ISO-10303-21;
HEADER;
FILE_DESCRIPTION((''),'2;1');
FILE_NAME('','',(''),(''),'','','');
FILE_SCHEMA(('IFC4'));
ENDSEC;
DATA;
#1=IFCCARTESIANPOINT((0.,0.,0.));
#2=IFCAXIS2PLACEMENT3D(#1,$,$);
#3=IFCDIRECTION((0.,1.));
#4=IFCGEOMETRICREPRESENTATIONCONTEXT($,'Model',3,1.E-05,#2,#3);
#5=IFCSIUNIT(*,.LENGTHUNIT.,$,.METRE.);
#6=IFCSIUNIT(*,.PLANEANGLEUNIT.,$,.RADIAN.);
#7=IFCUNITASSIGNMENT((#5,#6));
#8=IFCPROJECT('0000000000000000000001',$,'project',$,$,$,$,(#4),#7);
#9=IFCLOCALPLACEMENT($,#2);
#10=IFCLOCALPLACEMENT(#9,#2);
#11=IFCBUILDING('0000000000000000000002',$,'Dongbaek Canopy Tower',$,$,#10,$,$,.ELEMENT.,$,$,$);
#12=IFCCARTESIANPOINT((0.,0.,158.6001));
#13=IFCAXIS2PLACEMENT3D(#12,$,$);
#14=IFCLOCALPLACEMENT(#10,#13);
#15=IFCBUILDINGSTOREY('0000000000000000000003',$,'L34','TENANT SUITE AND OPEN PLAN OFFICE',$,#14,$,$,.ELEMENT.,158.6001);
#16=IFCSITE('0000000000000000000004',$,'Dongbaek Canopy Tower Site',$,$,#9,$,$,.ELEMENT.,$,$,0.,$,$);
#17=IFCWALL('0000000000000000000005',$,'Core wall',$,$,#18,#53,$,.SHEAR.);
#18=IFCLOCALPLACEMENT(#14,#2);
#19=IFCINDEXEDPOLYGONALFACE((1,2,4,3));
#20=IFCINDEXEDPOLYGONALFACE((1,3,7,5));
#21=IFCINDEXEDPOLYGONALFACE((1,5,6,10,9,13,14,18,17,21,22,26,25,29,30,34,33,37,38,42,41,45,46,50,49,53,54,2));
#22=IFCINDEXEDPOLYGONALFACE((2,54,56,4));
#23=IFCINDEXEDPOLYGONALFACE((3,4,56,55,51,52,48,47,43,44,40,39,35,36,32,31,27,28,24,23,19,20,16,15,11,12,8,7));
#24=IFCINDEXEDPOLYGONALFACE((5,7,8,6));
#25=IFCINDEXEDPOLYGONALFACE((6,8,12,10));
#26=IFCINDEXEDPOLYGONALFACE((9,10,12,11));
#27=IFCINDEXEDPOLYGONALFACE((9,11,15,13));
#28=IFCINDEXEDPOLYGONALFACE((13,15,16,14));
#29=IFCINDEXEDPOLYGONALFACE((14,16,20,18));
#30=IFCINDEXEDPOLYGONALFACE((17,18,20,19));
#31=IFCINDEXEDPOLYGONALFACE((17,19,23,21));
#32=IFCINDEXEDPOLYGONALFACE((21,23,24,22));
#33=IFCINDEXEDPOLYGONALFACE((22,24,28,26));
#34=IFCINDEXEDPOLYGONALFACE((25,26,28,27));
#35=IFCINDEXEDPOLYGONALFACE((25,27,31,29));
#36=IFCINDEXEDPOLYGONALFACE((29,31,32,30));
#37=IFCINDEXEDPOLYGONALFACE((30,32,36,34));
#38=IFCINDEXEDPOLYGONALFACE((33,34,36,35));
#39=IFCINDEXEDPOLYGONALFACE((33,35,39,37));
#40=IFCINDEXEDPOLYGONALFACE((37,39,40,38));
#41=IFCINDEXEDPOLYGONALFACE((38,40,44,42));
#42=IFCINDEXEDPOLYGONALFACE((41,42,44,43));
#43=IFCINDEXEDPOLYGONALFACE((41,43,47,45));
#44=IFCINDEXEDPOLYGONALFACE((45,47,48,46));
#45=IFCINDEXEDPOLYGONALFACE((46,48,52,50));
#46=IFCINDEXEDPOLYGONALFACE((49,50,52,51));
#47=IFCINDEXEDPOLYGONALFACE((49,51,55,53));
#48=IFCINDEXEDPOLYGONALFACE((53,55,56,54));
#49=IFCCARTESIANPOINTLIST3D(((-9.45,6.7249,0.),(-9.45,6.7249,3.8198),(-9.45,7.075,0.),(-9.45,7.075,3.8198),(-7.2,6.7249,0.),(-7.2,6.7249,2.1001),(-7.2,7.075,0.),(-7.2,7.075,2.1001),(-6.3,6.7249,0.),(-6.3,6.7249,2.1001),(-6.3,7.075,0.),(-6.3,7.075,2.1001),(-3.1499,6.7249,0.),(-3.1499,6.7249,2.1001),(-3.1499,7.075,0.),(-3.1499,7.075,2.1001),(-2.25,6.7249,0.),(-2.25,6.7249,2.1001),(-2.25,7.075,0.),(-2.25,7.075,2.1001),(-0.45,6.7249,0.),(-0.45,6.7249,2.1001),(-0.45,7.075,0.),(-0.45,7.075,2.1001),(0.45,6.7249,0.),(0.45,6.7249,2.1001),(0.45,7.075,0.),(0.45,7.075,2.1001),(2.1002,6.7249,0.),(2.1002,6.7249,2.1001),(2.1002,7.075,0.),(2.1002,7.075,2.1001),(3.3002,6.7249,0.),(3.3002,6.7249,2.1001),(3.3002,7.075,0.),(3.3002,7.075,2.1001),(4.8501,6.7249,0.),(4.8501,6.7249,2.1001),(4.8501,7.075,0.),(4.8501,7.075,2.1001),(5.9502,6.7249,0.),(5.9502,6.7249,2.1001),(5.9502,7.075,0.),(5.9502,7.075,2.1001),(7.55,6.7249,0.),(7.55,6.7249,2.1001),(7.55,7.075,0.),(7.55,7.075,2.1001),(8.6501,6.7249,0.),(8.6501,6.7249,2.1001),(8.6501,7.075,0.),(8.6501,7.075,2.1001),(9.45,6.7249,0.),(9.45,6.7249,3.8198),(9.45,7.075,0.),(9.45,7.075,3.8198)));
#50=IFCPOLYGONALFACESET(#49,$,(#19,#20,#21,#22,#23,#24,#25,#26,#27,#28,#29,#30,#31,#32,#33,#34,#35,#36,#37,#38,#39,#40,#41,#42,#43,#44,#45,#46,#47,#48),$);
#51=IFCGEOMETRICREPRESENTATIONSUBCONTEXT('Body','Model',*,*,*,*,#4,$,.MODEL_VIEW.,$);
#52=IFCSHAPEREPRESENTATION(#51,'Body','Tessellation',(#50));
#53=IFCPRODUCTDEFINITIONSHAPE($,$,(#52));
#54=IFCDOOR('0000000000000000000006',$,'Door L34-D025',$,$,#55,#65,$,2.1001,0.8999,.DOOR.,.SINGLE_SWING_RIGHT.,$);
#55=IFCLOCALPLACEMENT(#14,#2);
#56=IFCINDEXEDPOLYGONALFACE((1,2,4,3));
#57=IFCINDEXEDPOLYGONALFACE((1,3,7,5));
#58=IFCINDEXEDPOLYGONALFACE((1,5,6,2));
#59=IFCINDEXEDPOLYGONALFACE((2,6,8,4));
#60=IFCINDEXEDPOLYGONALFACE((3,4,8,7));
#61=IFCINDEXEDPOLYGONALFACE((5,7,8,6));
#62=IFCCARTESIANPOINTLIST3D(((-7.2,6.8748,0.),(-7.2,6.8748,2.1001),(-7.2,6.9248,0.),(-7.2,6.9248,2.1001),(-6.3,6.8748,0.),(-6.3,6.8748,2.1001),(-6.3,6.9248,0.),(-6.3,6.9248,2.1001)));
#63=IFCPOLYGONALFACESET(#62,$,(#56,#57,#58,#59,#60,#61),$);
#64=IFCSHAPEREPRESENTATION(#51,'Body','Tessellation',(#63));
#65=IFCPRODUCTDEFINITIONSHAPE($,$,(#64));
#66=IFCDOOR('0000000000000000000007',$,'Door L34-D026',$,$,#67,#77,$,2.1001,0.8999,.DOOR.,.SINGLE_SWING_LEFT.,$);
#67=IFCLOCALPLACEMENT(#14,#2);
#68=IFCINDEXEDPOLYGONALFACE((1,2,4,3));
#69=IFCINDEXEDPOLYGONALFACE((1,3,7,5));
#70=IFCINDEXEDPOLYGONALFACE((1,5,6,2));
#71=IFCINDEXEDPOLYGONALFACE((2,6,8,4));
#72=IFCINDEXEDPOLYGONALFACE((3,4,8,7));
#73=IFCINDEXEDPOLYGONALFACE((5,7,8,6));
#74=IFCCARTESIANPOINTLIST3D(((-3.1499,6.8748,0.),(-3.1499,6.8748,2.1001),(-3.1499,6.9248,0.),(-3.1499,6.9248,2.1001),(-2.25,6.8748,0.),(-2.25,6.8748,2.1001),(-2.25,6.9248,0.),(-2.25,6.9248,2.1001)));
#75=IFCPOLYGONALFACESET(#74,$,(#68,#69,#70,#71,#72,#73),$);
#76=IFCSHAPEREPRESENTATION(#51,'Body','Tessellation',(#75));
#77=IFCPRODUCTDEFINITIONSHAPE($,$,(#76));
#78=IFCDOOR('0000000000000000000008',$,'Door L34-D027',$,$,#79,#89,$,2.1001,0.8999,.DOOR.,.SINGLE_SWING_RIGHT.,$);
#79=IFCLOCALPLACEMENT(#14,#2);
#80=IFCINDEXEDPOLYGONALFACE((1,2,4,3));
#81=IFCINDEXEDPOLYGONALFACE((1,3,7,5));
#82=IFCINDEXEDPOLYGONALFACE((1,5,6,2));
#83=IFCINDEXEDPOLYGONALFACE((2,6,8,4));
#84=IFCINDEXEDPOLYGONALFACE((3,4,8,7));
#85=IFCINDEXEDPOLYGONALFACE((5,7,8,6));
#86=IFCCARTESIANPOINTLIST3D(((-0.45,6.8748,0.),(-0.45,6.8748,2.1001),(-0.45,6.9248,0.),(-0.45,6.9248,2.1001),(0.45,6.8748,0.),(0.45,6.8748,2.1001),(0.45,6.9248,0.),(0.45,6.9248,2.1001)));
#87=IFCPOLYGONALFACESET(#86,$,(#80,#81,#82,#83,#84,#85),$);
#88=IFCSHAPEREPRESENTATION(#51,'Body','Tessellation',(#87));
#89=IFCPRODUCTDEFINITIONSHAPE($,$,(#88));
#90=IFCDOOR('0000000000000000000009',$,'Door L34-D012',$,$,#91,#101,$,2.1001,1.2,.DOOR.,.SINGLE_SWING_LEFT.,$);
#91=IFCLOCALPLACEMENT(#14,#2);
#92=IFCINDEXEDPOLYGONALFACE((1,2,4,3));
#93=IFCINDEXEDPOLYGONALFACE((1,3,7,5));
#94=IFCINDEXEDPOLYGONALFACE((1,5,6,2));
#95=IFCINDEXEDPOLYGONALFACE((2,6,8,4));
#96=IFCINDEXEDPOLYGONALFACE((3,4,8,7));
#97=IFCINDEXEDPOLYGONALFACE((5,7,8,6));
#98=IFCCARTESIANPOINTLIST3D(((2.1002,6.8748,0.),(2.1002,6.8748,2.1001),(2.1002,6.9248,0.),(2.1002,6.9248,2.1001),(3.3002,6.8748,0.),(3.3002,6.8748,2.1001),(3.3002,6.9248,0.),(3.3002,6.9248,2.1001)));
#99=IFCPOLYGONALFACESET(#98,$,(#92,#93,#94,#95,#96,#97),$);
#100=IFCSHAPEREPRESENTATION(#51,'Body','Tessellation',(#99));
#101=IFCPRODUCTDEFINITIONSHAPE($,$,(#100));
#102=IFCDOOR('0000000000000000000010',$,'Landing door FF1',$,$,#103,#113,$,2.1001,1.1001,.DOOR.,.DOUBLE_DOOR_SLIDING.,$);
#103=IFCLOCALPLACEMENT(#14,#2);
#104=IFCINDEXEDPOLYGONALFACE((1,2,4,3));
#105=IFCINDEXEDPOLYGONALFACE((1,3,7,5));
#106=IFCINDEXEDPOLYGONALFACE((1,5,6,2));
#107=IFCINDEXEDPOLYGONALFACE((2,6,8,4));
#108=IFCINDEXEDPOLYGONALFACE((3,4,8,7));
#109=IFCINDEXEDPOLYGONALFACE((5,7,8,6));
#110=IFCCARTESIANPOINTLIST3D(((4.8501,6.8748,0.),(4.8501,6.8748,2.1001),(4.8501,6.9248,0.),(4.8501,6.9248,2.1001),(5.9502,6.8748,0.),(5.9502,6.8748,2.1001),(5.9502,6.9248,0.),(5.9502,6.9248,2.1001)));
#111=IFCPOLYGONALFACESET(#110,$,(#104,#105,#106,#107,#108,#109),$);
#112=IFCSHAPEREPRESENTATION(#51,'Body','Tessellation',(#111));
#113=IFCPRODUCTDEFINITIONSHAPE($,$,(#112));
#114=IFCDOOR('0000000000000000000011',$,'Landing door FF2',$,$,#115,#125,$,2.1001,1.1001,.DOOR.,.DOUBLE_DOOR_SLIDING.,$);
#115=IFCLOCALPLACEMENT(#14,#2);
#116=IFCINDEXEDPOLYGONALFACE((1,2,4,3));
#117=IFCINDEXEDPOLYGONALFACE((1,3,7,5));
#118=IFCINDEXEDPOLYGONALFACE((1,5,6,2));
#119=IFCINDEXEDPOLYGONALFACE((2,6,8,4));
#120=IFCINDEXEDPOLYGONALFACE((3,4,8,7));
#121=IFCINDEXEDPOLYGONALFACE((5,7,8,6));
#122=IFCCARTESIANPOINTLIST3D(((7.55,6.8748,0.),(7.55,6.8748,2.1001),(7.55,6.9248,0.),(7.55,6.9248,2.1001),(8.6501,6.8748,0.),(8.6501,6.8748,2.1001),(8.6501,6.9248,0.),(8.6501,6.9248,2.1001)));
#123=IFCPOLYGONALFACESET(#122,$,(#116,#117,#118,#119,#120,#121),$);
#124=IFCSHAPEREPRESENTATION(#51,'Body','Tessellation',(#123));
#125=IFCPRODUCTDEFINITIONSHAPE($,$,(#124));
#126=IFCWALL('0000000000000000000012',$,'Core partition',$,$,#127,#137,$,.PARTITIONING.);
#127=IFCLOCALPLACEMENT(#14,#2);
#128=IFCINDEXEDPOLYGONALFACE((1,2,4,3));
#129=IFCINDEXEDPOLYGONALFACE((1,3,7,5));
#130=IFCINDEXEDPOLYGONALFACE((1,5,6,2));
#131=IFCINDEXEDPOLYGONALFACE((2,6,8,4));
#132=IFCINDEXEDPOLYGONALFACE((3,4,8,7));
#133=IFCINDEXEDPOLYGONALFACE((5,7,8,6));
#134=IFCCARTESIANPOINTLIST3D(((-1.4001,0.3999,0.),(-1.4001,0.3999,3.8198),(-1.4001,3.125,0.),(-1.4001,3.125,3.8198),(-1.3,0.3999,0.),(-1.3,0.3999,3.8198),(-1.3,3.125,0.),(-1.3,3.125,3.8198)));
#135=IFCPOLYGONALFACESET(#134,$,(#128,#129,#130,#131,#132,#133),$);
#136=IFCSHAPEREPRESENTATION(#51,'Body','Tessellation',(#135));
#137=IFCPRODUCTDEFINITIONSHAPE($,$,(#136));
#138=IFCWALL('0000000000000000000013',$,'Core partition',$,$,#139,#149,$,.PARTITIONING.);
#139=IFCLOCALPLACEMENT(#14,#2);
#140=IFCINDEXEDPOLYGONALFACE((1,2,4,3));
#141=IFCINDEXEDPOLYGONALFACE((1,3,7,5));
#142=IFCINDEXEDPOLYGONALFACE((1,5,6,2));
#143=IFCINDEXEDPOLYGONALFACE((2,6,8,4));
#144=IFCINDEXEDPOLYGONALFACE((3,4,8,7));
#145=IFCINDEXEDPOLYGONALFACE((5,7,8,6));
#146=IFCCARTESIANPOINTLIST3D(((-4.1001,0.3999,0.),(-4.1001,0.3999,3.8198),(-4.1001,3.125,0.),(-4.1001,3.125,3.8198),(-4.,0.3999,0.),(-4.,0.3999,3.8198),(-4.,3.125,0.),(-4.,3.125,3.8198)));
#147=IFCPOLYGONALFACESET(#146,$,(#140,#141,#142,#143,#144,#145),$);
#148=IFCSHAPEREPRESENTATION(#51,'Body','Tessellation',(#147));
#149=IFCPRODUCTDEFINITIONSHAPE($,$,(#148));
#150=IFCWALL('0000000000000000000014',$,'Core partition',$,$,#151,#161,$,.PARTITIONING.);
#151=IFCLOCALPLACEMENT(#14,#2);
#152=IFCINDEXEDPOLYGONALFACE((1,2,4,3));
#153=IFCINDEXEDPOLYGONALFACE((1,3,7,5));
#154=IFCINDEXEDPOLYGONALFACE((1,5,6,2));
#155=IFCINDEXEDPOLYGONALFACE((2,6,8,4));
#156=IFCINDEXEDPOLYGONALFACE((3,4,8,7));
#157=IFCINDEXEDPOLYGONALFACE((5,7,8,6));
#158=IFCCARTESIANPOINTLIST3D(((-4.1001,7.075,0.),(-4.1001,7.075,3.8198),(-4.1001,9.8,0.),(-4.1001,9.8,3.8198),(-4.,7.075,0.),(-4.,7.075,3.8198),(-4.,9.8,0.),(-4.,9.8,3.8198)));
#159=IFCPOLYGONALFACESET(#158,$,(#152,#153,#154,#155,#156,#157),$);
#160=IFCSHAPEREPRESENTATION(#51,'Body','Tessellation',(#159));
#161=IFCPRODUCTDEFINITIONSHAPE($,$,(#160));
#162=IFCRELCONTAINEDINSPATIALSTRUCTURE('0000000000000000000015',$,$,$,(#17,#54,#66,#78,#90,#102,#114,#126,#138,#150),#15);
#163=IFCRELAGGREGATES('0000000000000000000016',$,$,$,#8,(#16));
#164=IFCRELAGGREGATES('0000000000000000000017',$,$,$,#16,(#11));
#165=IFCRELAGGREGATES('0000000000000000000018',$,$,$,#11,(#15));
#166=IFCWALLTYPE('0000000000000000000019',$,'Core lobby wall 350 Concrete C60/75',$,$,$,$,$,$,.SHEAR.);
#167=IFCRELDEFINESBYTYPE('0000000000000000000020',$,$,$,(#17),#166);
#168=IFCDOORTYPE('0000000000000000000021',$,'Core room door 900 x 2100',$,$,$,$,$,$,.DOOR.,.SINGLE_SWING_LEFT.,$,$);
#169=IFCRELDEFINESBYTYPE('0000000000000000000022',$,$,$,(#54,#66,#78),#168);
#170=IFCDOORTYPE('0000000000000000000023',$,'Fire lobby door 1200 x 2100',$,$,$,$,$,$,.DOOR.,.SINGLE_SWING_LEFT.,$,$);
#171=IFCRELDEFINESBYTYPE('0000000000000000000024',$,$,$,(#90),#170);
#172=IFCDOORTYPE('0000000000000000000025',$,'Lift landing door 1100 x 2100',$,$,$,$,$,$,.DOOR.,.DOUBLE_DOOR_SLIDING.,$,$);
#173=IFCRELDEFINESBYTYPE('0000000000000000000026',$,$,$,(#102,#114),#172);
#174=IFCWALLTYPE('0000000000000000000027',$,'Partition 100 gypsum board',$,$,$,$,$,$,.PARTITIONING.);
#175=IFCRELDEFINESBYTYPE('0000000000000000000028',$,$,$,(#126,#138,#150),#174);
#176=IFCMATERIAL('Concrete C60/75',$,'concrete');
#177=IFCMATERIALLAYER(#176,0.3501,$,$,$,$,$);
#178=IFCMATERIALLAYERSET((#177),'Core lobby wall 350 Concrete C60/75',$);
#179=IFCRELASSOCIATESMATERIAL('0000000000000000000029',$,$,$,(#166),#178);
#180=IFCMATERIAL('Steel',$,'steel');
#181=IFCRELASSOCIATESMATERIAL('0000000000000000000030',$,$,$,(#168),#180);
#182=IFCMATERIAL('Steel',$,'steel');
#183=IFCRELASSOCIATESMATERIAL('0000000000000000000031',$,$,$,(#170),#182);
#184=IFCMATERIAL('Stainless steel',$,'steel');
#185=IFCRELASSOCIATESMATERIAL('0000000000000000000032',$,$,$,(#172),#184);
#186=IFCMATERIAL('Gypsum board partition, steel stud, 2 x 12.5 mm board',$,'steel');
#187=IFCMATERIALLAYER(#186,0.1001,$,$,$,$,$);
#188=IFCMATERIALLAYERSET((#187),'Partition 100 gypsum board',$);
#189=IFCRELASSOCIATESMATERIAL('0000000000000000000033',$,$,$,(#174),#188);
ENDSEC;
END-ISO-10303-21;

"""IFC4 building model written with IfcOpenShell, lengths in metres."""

from ifc_helpers import new_model, si_unit, direction, frame, frame_2d, origin, place, context, subcontext, project, spatial, rectangle, extrude, material, layer, layer_set, type_object, element, fill, save


model = new_model("IFC4")

# Units and contexts
model_context = context("Model", 3, precision=1e-05, world=origin(), true_north=direction((0.0, 1.0)))
body_context = subcontext(model_context, "Body", "Model", "MODEL_VIEW")
ifc_project = project(units=[si_unit("LENGTHUNIT", "METRE"), si_unit("PLANEANGLEUNIT", "RADIAN")], contexts=[model_context])

# Site, building, storey
site_placement = place(None, origin())
site = spatial("IfcSite", under=ifc_project, at=site_placement, Name="Dongbaek Canopy Tower Site", CompositionType="ELEMENT", RefElevation=0.0)
building_placement = place(site_placement, origin())
building = spatial("IfcBuilding", under=site, at=building_placement, Name="Dongbaek Canopy Tower", CompositionType="ELEMENT")
storey_placement = place(building_placement, frame((0.0, 0.0, 158.6001)))
storey = spatial("IfcBuildingStorey", under=building, at=storey_placement, Name="L34", Description="TENANT SUITE AND OPEN PLAN OFFICE", CompositionType="ELEMENT", Elevation=158.6001)

# Wall, openings, doors
ifc_material_1 = material(Name="Concrete C60/75", Category="concrete")
ifc_layer_1 = layer(ifc_material_1, 0.3501)
ifc_layer_set_1 = layer_set([ifc_layer_1], Name="Core lobby wall 350 Concrete C60/75")
wall_type_1 = type_object("IfcWallType", Name="Core lobby wall 350 Concrete C60/75", PredefinedType="SHEAR", material=ifc_layer_set_1)
wall_1_placement = place(storey_placement, frame((-9.45, 6.8999, 0.0), z_axis=(0.0, 0.0, 1.0), x_axis=(1.0, 0.0, 0.0)))
wall_1 = element("IfcWall", 1, at=wall_1_placement, inside=storey, type_object=wall_type_1, Name="Core wall", PredefinedType="SHEAR", context=body_context, shape_type="SweptSolid", body=[
    extrude(rectangle(XDim=18.8999, YDim=0.3501, at=frame_2d((9.45, 0.0))), origin(), (0.0, 0.0, 1.0), 3.8198),
])
opening_1_placement = place(wall_1_placement, frame((11.55, 0.0, 0.0)))
opening_1 = element("IfcOpeningElement", 2, at=opening_1_placement, cuts=wall_1, PredefinedType="OPENING", context=body_context, shape_type="SweptSolid", body=[
    extrude(rectangle(XDim=1.2, YDim=2.1001, at=frame_2d((0.6001, 1.05))), frame((0.0, 0.1851, 0.0), z_axis=(0.0, -1.0, 0.0), x_axis=(1.0, 0.0, 0.0)), (0.0, 0.0, 1.0), 0.3701),
])
opening_2_placement = place(wall_1_placement, frame((14.3, 0.0, 0.0)))
opening_2 = element("IfcOpeningElement", 3, at=opening_2_placement, cuts=wall_1, PredefinedType="OPENING", context=body_context, shape_type="SweptSolid", body=[
    extrude(rectangle(XDim=1.1001, YDim=2.1001, at=frame_2d((0.55, 1.05))), frame((0.0, 0.1851, 0.0), z_axis=(0.0, -1.0, 0.0), x_axis=(1.0, 0.0, 0.0)), (0.0, 0.0, 1.0), 0.3701),
])
opening_3_placement = place(wall_1_placement, frame((17.0, 0.0, 0.0)))
opening_3 = element("IfcOpeningElement", 4, at=opening_3_placement, cuts=wall_1, PredefinedType="OPENING", context=body_context, shape_type="SweptSolid", body=[
    extrude(rectangle(XDim=1.1001, YDim=2.1001, at=frame_2d((0.55, 1.05))), frame((0.0, 0.1851, 0.0), z_axis=(0.0, -1.0, 0.0), x_axis=(1.0, 0.0, 0.0)), (0.0, 0.0, 1.0), 0.3701),
])
opening_4_placement = place(wall_1_placement, frame((2.25, 0.0, 0.0)))
opening_4 = element("IfcOpeningElement", 5, at=opening_4_placement, cuts=wall_1, PredefinedType="OPENING", context=body_context, shape_type="SweptSolid", body=[
    extrude(rectangle(XDim=0.8999, YDim=2.1001, at=frame_2d((0.45, 1.05))), frame((0.0, 0.1851, 0.0), z_axis=(0.0, -1.0, 0.0), x_axis=(1.0, 0.0, 0.0)), (0.0, 0.0, 1.0), 0.3701),
])
opening_5_placement = place(wall_1_placement, frame((6.3, 0.0, 0.0)))
opening_5 = element("IfcOpeningElement", 6, at=opening_5_placement, cuts=wall_1, PredefinedType="OPENING", context=body_context, shape_type="SweptSolid", body=[
    extrude(rectangle(XDim=0.8999, YDim=2.1001, at=frame_2d((0.45, 1.05))), frame((0.0, 0.1851, 0.0), z_axis=(0.0, -1.0, 0.0), x_axis=(1.0, 0.0, 0.0)), (0.0, 0.0, 1.0), 0.3701),
])
opening_6_placement = place(wall_1_placement, frame((9.0, 0.0, 0.0)))
opening_6 = element("IfcOpeningElement", 7, at=opening_6_placement, cuts=wall_1, PredefinedType="OPENING", context=body_context, shape_type="SweptSolid", body=[
    extrude(rectangle(XDim=0.8999, YDim=2.1001, at=frame_2d((0.45, 1.05))), frame((0.0, 0.1851, 0.0), z_axis=(0.0, -1.0, 0.0), x_axis=(1.0, 0.0, 0.0)), (0.0, 0.0, 1.0), 0.3701),
])
ifc_material_2 = material(Name="Steel", Category="steel")
door_type_1 = type_object("IfcDoorType", Name="Core room door 900 x 2100", OperationType="SINGLE_SWING_LEFT", PredefinedType="DOOR", material=ifc_material_2)
door_1_placement = place(opening_4_placement, origin())
door_1 = element("IfcDoor", 8, at=door_1_placement, inside=storey, type_object=door_type_1, Name="Door L34-D025", OperationType="SINGLE_SWING_RIGHT", OverallHeight=2.1001, OverallWidth=0.8999, PredefinedType="DOOR", context=body_context, shape_type="SweptSolid", body=[
    extrude(rectangle(XDim=0.8999, YDim=2.1001, at=frame_2d((0.45, 1.05))), frame((0.0, 0.0249, 0.0), z_axis=(0.0, -1.0, 0.0), x_axis=(1.0, 0.0, 0.0)), (0.0, 0.0, 1.0), 0.05),
])
fill(opening_4, door_1)
door_2_placement = place(opening_5_placement, origin())
door_2 = element("IfcDoor", 9, at=door_2_placement, inside=storey, type_object=door_type_1, Name="Door L34-D026", OperationType="SINGLE_SWING_LEFT", OverallHeight=2.1001, OverallWidth=0.8999, PredefinedType="DOOR", context=body_context, shape_type="SweptSolid", body=[
    extrude(rectangle(XDim=0.8999, YDim=2.1001, at=frame_2d((0.45, 1.05))), frame((0.0, 0.0249, 0.0), z_axis=(0.0, -1.0, 0.0), x_axis=(1.0, 0.0, 0.0)), (0.0, 0.0, 1.0), 0.05),
])
fill(opening_5, door_2)
door_3_placement = place(opening_6_placement, origin())
door_3 = element("IfcDoor", 10, at=door_3_placement, inside=storey, type_object=door_type_1, Name="Door L34-D027", OperationType="SINGLE_SWING_RIGHT", OverallHeight=2.1001, OverallWidth=0.8999, PredefinedType="DOOR", context=body_context, shape_type="SweptSolid", body=[
    extrude(rectangle(XDim=0.8999, YDim=2.1001, at=frame_2d((0.45, 1.05))), frame((0.0, 0.0249, 0.0), z_axis=(0.0, -1.0, 0.0), x_axis=(1.0, 0.0, 0.0)), (0.0, 0.0, 1.0), 0.05),
])
fill(opening_6, door_3)
ifc_material_3 = material(Name="Steel", Category="steel")
door_type_2 = type_object("IfcDoorType", Name="Fire lobby door 1200 x 2100", OperationType="SINGLE_SWING_LEFT", PredefinedType="DOOR", material=ifc_material_3)
door_4_placement = place(opening_1_placement, origin())
door_4 = element("IfcDoor", 11, at=door_4_placement, inside=storey, type_object=door_type_2, Name="Door L34-D012", OperationType="SINGLE_SWING_LEFT", OverallHeight=2.1001, OverallWidth=1.2, PredefinedType="DOOR", context=body_context, shape_type="SweptSolid", body=[
    extrude(rectangle(XDim=1.2, YDim=2.1001, at=frame_2d((0.6001, 1.05))), frame((0.0, 0.0249, 0.0), z_axis=(0.0, -1.0, 0.0), x_axis=(1.0, 0.0, 0.0)), (0.0, 0.0, 1.0), 0.05),
])
fill(opening_1, door_4)
ifc_material_4 = material(Name="Stainless steel", Category="steel")
door_type_3 = type_object("IfcDoorType", Name="Lift landing door 1100 x 2100", OperationType="DOUBLE_DOOR_SLIDING", PredefinedType="DOOR", material=ifc_material_4)
door_5_placement = place(opening_2_placement, origin())
door_5 = element("IfcDoor", 12, at=door_5_placement, inside=storey, type_object=door_type_3, Name="Landing door FF1", OperationType="DOUBLE_DOOR_SLIDING", OverallHeight=2.1001, OverallWidth=1.1001, PredefinedType="DOOR", context=body_context, shape_type="SweptSolid", body=[
    extrude(rectangle(XDim=1.1001, YDim=2.1001, at=frame_2d((0.55, 1.05))), frame((0.0, 0.0249, 0.0), z_axis=(0.0, -1.0, 0.0), x_axis=(1.0, 0.0, 0.0)), (0.0, 0.0, 1.0), 0.05),
])
fill(opening_2, door_5)
door_6_placement = place(opening_3_placement, origin())
door_6 = element("IfcDoor", 13, at=door_6_placement, inside=storey, type_object=door_type_3, Name="Landing door FF2", OperationType="DOUBLE_DOOR_SLIDING", OverallHeight=2.1001, OverallWidth=1.1001, PredefinedType="DOOR", context=body_context, shape_type="SweptSolid", body=[
    extrude(rectangle(XDim=1.1001, YDim=2.1001, at=frame_2d((0.55, 1.05))), frame((0.0, 0.0249, 0.0), z_axis=(0.0, -1.0, 0.0), x_axis=(1.0, 0.0, 0.0)), (0.0, 0.0, 1.0), 0.05),
])
fill(opening_3, door_6)

# Walls
ifc_material_5 = material(Name="Gypsum board partition, steel stud, 2 x 12.5 mm board", Category="steel")
ifc_layer_2 = layer(ifc_material_5, 0.1001)
ifc_layer_set_2 = layer_set([ifc_layer_2], Name="Partition 100 gypsum board")
wall_type_2 = type_object("IfcWallType", Name="Partition 100 gypsum board", PredefinedType="PARTITIONING", material=ifc_layer_set_2)
for number, where, z_axis, x_axis, name in (
    (14, (-1.3501, 0.3999, 0.0), (0.0, 0.0, 1.0), (0.0, 1.0, 0.0), "Core partition"),
    (15, (-4.05, 0.3999, 0.0), (0.0, 0.0, 1.0), (0.0, 1.0, 0.0), "Core partition"),
    (16, (-4.05, 7.075, 0.0), (0.0, 0.0, 1.0), (0.0, 1.0, 0.0), "Core partition"),
):
    element("IfcWall", number, at=place(storey_placement, frame(where, z_axis=z_axis, x_axis=x_axis)), inside=storey, type_object=wall_type_2, Name=name, PredefinedType="PARTITIONING", context=body_context, shape_type="SweptSolid", body=[
        extrude(rectangle(XDim=2.7251, YDim=0.1001, at=frame_2d((1.3625, 0.0))), origin(), (0.0, 0.0, 1.0), 3.8198),
    ])

save(model, "model.ifc")
